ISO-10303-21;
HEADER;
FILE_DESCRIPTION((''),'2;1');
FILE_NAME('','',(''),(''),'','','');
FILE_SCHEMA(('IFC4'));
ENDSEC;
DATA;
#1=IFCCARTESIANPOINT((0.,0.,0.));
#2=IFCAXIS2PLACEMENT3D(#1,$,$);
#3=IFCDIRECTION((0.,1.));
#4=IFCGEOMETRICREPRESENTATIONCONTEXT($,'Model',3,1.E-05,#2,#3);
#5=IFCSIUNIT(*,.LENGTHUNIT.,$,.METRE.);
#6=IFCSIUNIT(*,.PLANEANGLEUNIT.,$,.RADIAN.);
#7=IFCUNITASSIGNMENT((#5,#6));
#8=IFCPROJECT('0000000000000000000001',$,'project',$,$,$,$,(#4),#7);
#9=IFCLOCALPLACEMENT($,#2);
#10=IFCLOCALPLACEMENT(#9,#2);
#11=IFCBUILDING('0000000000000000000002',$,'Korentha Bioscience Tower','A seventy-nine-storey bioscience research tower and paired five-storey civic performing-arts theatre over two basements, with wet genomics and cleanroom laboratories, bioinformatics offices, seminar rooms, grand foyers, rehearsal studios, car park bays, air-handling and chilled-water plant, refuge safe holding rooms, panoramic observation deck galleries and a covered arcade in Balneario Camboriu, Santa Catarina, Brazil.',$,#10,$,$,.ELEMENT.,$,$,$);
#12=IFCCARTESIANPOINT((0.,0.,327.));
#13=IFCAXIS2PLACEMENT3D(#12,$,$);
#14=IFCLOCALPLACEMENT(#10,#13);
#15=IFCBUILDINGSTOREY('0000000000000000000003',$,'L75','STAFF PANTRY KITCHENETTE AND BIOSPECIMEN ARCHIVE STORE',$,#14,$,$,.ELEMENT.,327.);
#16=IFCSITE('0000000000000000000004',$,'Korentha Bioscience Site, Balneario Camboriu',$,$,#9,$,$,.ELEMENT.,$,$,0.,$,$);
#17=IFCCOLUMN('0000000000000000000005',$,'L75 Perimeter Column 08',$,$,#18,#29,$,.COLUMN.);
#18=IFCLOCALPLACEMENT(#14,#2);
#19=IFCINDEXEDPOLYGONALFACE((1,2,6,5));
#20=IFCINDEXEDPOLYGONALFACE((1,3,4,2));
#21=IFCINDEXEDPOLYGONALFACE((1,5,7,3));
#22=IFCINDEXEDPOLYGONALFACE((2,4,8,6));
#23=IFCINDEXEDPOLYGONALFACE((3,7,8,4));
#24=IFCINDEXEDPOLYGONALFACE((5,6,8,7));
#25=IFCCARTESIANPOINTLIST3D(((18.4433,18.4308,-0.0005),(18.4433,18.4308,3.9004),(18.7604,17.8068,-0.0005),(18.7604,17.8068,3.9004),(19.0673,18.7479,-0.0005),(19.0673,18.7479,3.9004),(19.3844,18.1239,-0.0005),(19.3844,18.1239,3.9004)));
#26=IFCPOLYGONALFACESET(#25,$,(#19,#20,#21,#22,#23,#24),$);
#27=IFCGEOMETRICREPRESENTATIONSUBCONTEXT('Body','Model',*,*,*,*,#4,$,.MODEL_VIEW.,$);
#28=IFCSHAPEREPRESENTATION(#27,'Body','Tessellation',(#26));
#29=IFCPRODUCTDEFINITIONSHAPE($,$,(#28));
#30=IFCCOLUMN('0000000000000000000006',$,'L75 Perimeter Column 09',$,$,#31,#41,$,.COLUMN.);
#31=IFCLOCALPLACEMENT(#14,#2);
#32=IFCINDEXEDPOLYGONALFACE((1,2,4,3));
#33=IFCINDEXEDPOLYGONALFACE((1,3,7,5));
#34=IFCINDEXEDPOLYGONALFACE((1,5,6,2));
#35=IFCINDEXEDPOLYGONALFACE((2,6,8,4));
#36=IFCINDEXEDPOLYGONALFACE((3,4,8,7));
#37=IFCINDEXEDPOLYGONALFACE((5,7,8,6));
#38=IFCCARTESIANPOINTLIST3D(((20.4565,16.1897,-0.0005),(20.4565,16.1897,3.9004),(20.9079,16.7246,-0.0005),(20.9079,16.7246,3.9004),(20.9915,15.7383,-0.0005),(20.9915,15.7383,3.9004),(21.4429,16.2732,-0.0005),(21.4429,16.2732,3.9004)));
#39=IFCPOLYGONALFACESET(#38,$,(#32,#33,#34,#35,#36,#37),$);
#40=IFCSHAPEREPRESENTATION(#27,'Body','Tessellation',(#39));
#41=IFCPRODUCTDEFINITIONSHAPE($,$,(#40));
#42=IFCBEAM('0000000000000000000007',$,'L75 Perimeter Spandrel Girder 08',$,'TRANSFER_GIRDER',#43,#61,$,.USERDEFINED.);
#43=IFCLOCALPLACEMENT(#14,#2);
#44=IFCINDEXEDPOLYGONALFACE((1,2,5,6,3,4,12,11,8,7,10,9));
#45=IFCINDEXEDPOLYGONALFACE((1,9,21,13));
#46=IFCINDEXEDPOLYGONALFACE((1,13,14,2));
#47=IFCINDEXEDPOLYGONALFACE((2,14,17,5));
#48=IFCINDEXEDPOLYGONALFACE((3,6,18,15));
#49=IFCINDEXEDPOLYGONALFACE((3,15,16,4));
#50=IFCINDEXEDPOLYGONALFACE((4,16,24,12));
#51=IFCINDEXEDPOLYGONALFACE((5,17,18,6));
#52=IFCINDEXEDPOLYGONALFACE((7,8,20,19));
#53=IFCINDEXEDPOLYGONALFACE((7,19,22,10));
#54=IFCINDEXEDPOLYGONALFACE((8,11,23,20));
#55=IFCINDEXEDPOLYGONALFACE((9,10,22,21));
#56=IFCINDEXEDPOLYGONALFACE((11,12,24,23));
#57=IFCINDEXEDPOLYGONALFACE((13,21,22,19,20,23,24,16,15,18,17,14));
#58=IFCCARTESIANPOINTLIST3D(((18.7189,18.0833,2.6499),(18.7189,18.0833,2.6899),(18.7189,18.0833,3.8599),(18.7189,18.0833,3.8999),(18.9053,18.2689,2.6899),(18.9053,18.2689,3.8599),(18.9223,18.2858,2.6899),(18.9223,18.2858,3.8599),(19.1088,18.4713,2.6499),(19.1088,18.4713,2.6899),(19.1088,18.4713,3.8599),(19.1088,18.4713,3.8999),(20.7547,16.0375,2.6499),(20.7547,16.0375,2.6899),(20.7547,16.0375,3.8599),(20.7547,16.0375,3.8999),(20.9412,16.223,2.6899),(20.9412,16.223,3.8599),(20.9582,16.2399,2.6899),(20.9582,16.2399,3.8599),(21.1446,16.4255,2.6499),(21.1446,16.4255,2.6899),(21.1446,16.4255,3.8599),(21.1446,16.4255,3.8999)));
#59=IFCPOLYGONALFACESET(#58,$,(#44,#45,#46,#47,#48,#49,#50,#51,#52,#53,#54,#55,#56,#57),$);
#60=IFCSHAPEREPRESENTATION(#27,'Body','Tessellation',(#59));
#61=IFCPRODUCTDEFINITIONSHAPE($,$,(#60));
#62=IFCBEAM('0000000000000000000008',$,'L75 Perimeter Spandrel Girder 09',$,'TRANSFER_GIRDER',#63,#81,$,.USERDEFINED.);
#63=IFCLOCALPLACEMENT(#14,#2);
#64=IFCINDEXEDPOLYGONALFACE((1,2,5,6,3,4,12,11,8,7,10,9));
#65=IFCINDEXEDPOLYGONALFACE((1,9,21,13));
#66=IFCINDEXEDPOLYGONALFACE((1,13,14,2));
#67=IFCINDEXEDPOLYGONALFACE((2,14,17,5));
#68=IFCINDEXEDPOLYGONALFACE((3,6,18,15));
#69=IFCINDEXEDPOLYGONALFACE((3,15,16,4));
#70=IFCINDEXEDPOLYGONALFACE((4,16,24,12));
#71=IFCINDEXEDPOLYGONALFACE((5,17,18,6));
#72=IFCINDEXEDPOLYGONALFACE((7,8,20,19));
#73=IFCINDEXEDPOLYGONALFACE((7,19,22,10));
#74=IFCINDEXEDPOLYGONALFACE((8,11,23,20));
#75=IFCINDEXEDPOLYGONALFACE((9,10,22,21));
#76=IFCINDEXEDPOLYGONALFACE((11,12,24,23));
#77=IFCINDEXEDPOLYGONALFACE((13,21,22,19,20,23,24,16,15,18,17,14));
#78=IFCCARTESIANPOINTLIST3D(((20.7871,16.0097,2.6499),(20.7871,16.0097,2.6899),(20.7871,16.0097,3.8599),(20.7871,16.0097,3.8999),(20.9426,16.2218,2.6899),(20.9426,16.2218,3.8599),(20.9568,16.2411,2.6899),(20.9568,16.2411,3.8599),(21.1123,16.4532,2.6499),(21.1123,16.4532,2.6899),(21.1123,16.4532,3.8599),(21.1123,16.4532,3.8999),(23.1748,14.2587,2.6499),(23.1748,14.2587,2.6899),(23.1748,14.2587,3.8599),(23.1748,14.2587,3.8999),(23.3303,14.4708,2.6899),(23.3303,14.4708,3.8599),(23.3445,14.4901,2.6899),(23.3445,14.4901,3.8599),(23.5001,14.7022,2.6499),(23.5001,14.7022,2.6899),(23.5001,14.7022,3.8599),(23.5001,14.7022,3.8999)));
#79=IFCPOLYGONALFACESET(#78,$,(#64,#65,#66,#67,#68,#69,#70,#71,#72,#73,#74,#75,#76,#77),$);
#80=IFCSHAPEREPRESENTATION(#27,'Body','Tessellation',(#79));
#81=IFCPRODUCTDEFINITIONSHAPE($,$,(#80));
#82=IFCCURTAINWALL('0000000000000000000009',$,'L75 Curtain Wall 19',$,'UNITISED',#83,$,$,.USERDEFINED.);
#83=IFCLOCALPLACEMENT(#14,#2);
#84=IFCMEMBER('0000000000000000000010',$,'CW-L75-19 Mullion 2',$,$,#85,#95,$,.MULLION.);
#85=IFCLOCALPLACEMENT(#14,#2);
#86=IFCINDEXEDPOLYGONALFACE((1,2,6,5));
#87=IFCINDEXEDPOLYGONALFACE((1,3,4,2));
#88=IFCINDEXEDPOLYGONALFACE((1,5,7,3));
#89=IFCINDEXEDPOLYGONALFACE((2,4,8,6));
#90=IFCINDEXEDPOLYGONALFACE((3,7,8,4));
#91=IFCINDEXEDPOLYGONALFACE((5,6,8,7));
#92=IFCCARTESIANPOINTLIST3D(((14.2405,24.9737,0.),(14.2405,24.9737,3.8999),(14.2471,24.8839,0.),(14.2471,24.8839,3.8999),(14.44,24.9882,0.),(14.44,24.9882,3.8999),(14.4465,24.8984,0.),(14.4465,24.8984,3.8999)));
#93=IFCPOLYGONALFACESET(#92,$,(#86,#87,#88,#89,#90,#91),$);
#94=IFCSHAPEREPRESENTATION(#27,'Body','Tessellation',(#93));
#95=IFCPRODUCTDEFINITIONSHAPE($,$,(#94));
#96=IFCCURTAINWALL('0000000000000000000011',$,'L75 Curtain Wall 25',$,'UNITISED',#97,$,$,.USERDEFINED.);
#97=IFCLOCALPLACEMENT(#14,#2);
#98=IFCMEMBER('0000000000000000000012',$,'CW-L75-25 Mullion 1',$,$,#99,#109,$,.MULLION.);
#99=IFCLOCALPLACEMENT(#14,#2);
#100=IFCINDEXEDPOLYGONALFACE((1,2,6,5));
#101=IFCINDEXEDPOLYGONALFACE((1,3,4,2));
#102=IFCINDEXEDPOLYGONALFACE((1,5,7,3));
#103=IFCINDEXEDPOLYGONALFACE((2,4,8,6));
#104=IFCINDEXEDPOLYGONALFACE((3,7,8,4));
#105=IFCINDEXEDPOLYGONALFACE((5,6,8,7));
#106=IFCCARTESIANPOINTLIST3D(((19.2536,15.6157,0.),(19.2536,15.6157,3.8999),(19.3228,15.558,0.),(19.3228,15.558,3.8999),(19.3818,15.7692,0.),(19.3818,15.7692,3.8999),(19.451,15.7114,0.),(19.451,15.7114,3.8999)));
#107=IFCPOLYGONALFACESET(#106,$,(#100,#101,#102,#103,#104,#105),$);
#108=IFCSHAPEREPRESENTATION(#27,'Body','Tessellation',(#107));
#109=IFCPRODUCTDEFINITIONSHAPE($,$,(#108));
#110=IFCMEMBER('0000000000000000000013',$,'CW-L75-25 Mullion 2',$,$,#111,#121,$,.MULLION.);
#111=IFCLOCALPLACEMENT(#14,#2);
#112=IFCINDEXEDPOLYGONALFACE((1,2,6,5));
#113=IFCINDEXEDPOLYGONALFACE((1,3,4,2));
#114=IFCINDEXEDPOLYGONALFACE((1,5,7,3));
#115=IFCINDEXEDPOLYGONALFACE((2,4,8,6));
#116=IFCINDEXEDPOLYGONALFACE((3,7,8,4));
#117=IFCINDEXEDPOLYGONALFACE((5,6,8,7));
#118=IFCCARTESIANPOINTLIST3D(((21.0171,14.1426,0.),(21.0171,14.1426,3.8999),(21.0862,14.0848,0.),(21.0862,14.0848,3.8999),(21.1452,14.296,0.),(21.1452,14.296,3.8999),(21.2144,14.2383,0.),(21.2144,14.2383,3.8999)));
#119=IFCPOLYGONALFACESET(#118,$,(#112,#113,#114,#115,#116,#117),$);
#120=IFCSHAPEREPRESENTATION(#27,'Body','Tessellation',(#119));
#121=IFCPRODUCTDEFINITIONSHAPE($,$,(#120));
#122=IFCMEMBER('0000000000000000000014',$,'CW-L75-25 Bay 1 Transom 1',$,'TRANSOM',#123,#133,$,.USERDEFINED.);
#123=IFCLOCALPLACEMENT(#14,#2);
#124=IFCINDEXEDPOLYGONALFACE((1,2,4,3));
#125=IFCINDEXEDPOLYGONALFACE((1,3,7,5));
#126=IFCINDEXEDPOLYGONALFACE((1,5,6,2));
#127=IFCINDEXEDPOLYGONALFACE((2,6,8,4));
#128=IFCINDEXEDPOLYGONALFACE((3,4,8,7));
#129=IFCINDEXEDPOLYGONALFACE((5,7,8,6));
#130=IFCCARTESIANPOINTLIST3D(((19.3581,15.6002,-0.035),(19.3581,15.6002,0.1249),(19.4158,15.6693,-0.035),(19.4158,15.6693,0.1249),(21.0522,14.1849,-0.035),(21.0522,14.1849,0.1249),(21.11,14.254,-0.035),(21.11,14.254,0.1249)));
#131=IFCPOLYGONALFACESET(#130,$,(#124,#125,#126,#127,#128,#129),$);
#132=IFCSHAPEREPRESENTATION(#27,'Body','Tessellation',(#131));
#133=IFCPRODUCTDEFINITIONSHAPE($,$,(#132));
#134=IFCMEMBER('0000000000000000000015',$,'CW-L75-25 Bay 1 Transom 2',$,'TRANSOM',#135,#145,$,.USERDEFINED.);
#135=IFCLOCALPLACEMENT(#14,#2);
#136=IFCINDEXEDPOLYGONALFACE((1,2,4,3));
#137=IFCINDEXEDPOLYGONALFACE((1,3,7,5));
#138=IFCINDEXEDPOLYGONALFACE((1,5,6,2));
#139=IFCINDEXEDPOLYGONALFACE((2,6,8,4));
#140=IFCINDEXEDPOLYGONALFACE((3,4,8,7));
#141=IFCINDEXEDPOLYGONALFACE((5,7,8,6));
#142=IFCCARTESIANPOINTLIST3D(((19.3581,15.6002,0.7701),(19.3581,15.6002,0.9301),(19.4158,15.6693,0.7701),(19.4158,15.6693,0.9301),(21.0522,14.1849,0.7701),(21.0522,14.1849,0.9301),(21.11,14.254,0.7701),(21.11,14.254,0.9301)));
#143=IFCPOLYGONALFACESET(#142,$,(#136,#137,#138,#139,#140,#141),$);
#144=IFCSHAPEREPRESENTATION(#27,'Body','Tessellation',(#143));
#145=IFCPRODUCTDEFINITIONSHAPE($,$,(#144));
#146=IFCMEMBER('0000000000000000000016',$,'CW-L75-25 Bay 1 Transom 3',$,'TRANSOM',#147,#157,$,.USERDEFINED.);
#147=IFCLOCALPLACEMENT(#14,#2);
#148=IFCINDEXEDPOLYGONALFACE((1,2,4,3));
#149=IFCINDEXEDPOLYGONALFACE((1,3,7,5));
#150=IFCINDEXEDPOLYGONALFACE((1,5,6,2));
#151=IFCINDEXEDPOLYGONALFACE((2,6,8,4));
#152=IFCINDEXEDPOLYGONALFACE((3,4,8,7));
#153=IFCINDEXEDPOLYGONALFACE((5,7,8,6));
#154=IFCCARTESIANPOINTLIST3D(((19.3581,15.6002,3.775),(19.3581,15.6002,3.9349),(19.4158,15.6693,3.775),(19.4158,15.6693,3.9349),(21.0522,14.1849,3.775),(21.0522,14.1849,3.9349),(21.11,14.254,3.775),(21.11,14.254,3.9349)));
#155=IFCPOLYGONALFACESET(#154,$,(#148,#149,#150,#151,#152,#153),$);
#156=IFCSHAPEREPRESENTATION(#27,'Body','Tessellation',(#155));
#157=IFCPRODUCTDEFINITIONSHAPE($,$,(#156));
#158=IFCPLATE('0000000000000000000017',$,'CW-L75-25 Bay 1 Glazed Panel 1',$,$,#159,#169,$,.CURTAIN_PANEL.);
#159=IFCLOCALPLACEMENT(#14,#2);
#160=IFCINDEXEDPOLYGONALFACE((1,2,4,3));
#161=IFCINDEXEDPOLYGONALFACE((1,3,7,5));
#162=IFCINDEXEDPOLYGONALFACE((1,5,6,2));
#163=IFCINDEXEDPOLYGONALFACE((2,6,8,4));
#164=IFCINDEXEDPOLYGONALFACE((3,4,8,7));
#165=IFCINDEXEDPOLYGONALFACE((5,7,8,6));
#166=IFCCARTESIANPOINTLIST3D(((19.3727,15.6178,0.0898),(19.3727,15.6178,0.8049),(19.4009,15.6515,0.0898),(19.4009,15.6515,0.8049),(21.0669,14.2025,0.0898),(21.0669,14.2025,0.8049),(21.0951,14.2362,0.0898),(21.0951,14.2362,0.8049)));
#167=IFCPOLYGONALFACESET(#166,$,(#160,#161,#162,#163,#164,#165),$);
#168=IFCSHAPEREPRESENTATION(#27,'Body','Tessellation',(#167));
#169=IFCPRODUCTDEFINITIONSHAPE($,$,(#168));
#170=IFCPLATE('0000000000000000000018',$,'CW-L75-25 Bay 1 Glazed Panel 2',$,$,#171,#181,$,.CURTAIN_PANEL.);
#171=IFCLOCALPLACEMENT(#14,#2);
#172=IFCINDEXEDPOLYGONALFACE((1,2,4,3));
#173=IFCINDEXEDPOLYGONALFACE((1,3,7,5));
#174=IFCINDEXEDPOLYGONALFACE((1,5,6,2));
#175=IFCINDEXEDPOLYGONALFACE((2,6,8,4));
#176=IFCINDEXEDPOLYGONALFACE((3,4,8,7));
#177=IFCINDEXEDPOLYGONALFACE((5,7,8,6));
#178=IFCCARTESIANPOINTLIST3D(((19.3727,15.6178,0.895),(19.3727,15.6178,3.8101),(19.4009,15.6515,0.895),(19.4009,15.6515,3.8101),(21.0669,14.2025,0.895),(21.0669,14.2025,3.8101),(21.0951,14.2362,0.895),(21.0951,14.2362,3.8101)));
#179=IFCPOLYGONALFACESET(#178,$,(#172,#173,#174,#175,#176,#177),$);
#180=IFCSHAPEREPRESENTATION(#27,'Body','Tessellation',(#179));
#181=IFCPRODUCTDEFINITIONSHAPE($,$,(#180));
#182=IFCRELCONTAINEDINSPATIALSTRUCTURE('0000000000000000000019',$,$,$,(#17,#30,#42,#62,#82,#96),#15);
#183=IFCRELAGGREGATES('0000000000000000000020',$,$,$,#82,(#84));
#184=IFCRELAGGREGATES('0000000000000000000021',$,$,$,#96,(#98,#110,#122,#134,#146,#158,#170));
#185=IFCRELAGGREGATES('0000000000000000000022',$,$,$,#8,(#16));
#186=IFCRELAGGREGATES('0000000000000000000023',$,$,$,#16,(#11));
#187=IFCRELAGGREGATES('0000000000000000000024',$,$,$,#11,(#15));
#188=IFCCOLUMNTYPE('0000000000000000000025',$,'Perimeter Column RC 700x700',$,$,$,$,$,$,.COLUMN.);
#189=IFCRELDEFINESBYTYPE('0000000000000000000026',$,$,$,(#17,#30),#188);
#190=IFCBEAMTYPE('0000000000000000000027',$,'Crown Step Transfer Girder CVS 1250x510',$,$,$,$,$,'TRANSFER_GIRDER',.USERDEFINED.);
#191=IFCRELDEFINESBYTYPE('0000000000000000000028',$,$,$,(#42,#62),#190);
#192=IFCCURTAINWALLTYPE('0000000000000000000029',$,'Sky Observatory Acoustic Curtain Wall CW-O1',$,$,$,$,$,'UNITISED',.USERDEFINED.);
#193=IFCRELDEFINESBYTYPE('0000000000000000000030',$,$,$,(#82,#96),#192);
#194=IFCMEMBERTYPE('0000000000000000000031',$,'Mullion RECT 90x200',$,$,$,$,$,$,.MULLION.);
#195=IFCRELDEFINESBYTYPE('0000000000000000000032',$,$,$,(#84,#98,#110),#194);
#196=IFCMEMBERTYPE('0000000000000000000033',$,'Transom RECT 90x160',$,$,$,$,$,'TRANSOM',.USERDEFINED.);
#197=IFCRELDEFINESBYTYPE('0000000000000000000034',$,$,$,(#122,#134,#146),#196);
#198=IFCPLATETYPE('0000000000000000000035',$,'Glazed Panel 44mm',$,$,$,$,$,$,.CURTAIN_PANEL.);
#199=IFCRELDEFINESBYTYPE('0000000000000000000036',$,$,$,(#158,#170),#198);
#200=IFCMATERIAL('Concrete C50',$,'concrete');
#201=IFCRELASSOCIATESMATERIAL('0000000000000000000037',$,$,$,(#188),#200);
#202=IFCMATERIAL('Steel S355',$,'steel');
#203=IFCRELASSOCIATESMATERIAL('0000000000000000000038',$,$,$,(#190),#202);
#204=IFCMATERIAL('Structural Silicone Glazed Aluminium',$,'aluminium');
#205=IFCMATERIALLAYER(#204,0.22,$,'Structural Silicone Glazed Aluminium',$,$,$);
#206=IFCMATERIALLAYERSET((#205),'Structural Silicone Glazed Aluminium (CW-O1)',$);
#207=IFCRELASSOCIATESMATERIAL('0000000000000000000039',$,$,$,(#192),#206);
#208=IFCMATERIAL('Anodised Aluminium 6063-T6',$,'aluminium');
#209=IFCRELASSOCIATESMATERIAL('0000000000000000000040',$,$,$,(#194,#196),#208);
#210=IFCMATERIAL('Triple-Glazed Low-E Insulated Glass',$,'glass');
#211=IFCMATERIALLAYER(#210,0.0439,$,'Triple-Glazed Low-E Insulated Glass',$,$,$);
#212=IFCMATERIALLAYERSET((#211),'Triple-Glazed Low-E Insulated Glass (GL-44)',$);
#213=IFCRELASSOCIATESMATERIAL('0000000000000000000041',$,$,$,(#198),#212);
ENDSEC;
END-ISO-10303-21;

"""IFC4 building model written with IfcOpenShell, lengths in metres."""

from ifc_helpers import new_model, si_unit, direction, frame, origin, origin_2d, place, context, subcontext, project, spatial, rectangle, i_section, extrude, material, layer, layer_set, material_profile, profile_set, type_object, element, aggregate, save


model = new_model("IFC4")

# Units and contexts
model_context = context("Model", 3, precision=1e-05, world=origin(), true_north=direction((0.0, 1.0)))
body_context = subcontext(model_context, "Body", "Model", "MODEL_VIEW")
ifc_project = project(units=[si_unit("LENGTHUNIT", "METRE"), si_unit("PLANEANGLEUNIT", "RADIAN")], contexts=[model_context])

# Site, building, storey
site_placement = place(None, origin())
site = spatial("IfcSite", under=ifc_project, at=site_placement, Name="Korentha Bioscience Site, Balneario Camboriu", CompositionType="ELEMENT", RefElevation=0.0)
building_placement = place(site_placement, origin())
building = spatial("IfcBuilding", under=site, at=building_placement, Name="Korentha Bioscience Tower", Description="A seventy-nine-storey bioscience research tower and paired five-storey civic performing-arts theatre over two basements, with wet genomics and cleanroom laboratories, bioinformatics offices, seminar rooms, grand foyers, rehearsal studios, car park bays, air-handling and chilled-water plant, refuge safe holding rooms, panoramic observation deck galleries and a covered arcade in Balneario Camboriu, Santa Catarina, Brazil.", CompositionType="ELEMENT")
storey_placement = place(building_placement, frame((0.0, 0.0, 327.0)))
storey = spatial("IfcBuildingStorey", under=building, at=storey_placement, Name="L75", Description="STAFF PANTRY KITCHENETTE AND BIOSPECIMEN ARCHIVE STORE", CompositionType="ELEMENT", Elevation=327.0)

# Columns
ifc_material_1 = material(Name="Concrete C50", Category="concrete")
ifc_material_profile_1 = material_profile(ifc_material_1, rectangle(XDim=0.7, YDim=0.7, at=origin_2d()), Name="Concrete C50")
ifc_profile_set_1 = profile_set([ifc_material_profile_1], Name="Concrete C50 (COL-P07)")
column_type = type_object("IfcColumnType", Name="Perimeter Column RC 700x700", PredefinedType="COLUMN", material=ifc_profile_set_1)
for number, where, z_axis, x_axis, name in (
    (1, (18.9138, 18.2773, -0.0005), (0.0, 0.0, 1.0), (-0.453057, 0.891481, 0.0), "L75 Perimeter Column 08"),
    (2, (20.9497, 16.2314, -0.0005), (0.0, 0.0, 1.0), (-0.764246, 0.644924, 0.0), "L75 Perimeter Column 09"),
):
    element("IfcColumn", number, at=place(storey_placement, frame(where, z_axis=z_axis, x_axis=x_axis)), inside=storey, type_object=column_type, Name=name, PredefinedType="COLUMN", context=body_context, shape_type="SweptSolid", body=[
        extrude(rectangle(XDim=0.7, YDim=0.7, at=origin_2d()), origin(), (0.0, 0.0, 1.0), 3.9009),
    ])

# Beams
ifc_material_2 = material(Name="Steel S355", Category="steel")
ifc_material_profile_2 = material_profile(ifc_material_2, i_section(OverallWidth=0.55, OverallDepth=1.25, WebThickness=0.0239, FlangeThickness=0.04, at=origin_2d()), Name="Steel S355")
ifc_profile_set_2 = profile_set([ifc_material_profile_2], Name="Steel S355 (TG-03)")
beam_type = type_object("IfcBeamType", Name="Crown Step Transfer Girder CVS 1250x510", ElementType="TRANSFER_GIRDER", PredefinedType="USERDEFINED", material=ifc_profile_set_2)
beam_1_placement = place(storey_placement, frame((18.9138, 18.2773, 3.2749), z_axis=(0.705371, -0.708839, 0.0), x_axis=(0.708839, 0.705371, 0.0)))
element("IfcBeam", 3, at=beam_1_placement, inside=storey, type_object=beam_type, Name="L75 Perimeter Spandrel Girder 08", ObjectType="TRANSFER_GIRDER", PredefinedType="USERDEFINED", context=body_context, shape_type="SweptSolid", body=[
    extrude(i_section(OverallWidth=0.55, OverallDepth=1.25, WebThickness=0.0239, FlangeThickness=0.04, at=origin_2d()), origin(), (0.0, 0.0, 1.0), 2.8862),
])
beam_2_placement = place(storey_placement, frame((20.9497, 16.2314, 3.2749), z_axis=(0.806405, -0.591364, 0.0), x_axis=(0.591364, 0.806405, 0.0)))
element("IfcBeam", 4, at=beam_2_placement, inside=storey, type_object=beam_type, Name="L75 Perimeter Spandrel Girder 09", ObjectType="TRANSFER_GIRDER", PredefinedType="USERDEFINED", context=body_context, shape_type="SweptSolid", body=[
    extrude(i_section(OverallWidth=0.55, OverallDepth=1.25, WebThickness=0.0239, FlangeThickness=0.04, at=origin_2d()), origin(), (0.0, 0.0, 1.0), 2.9609),
])

# Curtain wall, member
ifc_material_3 = material(Name="Structural Silicone Glazed Aluminium", Category="aluminium")
ifc_layer_1 = layer(ifc_material_3, 0.22, Name="Structural Silicone Glazed Aluminium")
ifc_layer_set_1 = layer_set([ifc_layer_1], Name="Structural Silicone Glazed Aluminium (CW-O1)")
curtain_wall_type = type_object("IfcCurtainWallType", Name="Sky Observatory Acoustic Curtain Wall CW-O1", ElementType="UNITISED", PredefinedType="USERDEFINED", material=ifc_layer_set_1)
curtain_wall_1_placement = place(storey_placement, origin())
curtain_wall_1 = element("IfcCurtainWall", 5, at=curtain_wall_1_placement, inside=storey, type_object=curtain_wall_type, Name="L75 Curtain Wall 19", ObjectType="UNITISED", PredefinedType="USERDEFINED")
ifc_material_4 = material(Name="Anodised Aluminium 6063-T6", Category="aluminium")
ifc_material_profile_3 = material_profile(ifc_material_4, rectangle(XDim=0.0901, YDim=0.2, at=origin_2d()), Name="Anodised Aluminium 6063-T6")
ifc_profile_set_3 = profile_set([ifc_material_profile_3], Name="Anodised Aluminium 6063-T6 (CW-MUL)")
member_type_1 = type_object("IfcMemberType", Name="Mullion RECT 90x200", PredefinedType="MULLION", material=ifc_profile_set_3)
member_1_placement = place(storey_placement, frame((14.3435, 24.936, 0.0), z_axis=(0.0, 0.0, 1.0), x_axis=(0.072435, -0.997373, 0.0)))
member_1 = element("IfcMember", 6, at=member_1_placement, type_object=member_type_1, Name="CW-L75-19 Mullion 2", PredefinedType="MULLION", context=body_context, shape_type="SweptSolid", body=[
    extrude(rectangle(XDim=0.0901, YDim=0.2, at=origin_2d()), origin(), (0.0, 0.0, 1.0), 3.8999),
])
aggregate(curtain_wall_1, [member_1])

# Curtain wall, members, plates
curtain_wall_2_placement = place(storey_placement, origin())
curtain_wall_2 = element("IfcCurtainWall", 7, at=curtain_wall_2_placement, inside=storey, type_object=curtain_wall_type, Name="L75 Curtain Wall 25", ObjectType="UNITISED", PredefinedType="USERDEFINED")
member_2_placement = place(storey_placement, frame((19.3523, 15.6636, 0.0), z_axis=(0.0, 0.0, 1.0), x_axis=(0.767459, -0.641098, 0.0)))
member_2 = element("IfcMember", 8, at=member_2_placement, type_object=member_type_1, Name="CW-L75-25 Mullion 1", PredefinedType="MULLION", context=body_context, shape_type="SweptSolid", body=[
    extrude(rectangle(XDim=0.0901, YDim=0.2, at=origin_2d()), origin(), (0.0, 0.0, 1.0), 3.8999),
])
member_3_placement = place(storey_placement, frame((21.1157, 14.1904, 0.0), z_axis=(0.0, 0.0, 1.0), x_axis=(0.767459, -0.641098, 0.0)))
member_3 = element("IfcMember", 9, at=member_3_placement, type_object=member_type_1, Name="CW-L75-25 Mullion 2", PredefinedType="MULLION", context=body_context, shape_type="SweptSolid", body=[
    extrude(rectangle(XDim=0.0901, YDim=0.2, at=origin_2d()), origin(), (0.0, 0.0, 1.0), 3.8999),
])
ifc_material_profile_4 = material_profile(ifc_material_4, rectangle(XDim=0.0901, YDim=0.1599, at=origin_2d()), Name="Anodised Aluminium 6063-T6")
ifc_profile_set_4 = profile_set([ifc_material_profile_4], Name="Anodised Aluminium 6063-T6 (CW-TRN)")
member_type_2 = type_object("IfcMemberType", Name="Transom RECT 90x160", ElementType="TRANSOM", PredefinedType="USERDEFINED", material=ifc_profile_set_4)
member_4_placement = place(storey_placement, frame((19.387, 15.6348, 0.0449), z_axis=(0.767432, -0.64113, 0.0), x_axis=(0.64113, 0.767432, 0.0)))
member_4 = element("IfcMember", 10, at=member_4_placement, type_object=member_type_2, Name="CW-L75-25 Bay 1 Transom 1", ObjectType="TRANSOM", PredefinedType="USERDEFINED", context=body_context, shape_type="SweptSolid", body=[
    extrude(rectangle(XDim=0.0901, YDim=0.1599, at=origin_2d()), origin(), (0.0, 0.0, 1.0), 2.2075),
])
member_5_placement = place(storey_placement, frame((19.387, 15.6348, 0.8501), z_axis=(0.767432, -0.64113, 0.0), x_axis=(0.64113, 0.767432, 0.0)))
member_5 = element("IfcMember", 11, at=member_5_placement, type_object=member_type_2, Name="CW-L75-25 Bay 1 Transom 2", ObjectType="TRANSOM", PredefinedType="USERDEFINED", context=body_context, shape_type="SweptSolid", body=[
    extrude(rectangle(XDim=0.0901, YDim=0.1599, at=origin_2d()), origin(), (0.0, 0.0, 1.0), 2.2075),
])
member_6_placement = place(storey_placement, frame((19.387, 15.6348, 3.855), z_axis=(0.767432, -0.64113, 0.0), x_axis=(0.64113, 0.767432, 0.0)))
member_6 = element("IfcMember", 12, at=member_6_placement, type_object=member_type_2, Name="CW-L75-25 Bay 1 Transom 3", ObjectType="TRANSOM", PredefinedType="USERDEFINED", context=body_context, shape_type="SweptSolid", body=[
    extrude(rectangle(XDim=0.0901, YDim=0.1599, at=origin_2d()), origin(), (0.0, 0.0, 1.0), 2.2075),
])
ifc_material_5 = material(Name="Triple-Glazed Low-E Insulated Glass", Category="glass")
ifc_layer_2 = layer(ifc_material_5, 0.0439, Name="Triple-Glazed Low-E Insulated Glass")
ifc_layer_set_2 = layer_set([ifc_layer_2], Name="Triple-Glazed Low-E Insulated Glass (GL-44)")
plate_type = type_object("IfcPlateType", Name="Glazed Panel 44mm", PredefinedType="CURTAIN_PANEL", material=ifc_layer_set_2)
plate_1_placement = place(storey_placement, frame((20.2339, 14.927, 0.0898), z_axis=(0.0, 0.0, 1.0), x_axis=(0.767459, -0.641098, 0.0)))
plate_1 = element("IfcPlate", 13, at=plate_1_placement, type_object=plate_type, Name="CW-L75-25 Bay 1 Glazed Panel 1", PredefinedType="CURTAIN_PANEL", context=body_context, shape_type="SweptSolid", body=[
    extrude(rectangle(XDim=2.2075, YDim=0.0439, at=origin_2d()), origin(), (0.0, 0.0, 1.0), 0.7151),
])
plate_2_placement = place(storey_placement, frame((20.2339, 14.927, 0.895), z_axis=(0.0, 0.0, 1.0), x_axis=(0.767459, -0.641098, 0.0)))
plate_2 = element("IfcPlate", 14, at=plate_2_placement, type_object=plate_type, Name="CW-L75-25 Bay 1 Glazed Panel 2", PredefinedType="CURTAIN_PANEL", context=body_context, shape_type="SweptSolid", body=[
    extrude(rectangle(XDim=2.2075, YDim=0.0439, at=origin_2d()), origin(), (0.0, 0.0, 1.0), 2.915),
])
aggregate(curtain_wall_2, [member_2, member_3, member_4, member_5, member_6, plate_1, plate_2])

save(model, "model.ifc")
